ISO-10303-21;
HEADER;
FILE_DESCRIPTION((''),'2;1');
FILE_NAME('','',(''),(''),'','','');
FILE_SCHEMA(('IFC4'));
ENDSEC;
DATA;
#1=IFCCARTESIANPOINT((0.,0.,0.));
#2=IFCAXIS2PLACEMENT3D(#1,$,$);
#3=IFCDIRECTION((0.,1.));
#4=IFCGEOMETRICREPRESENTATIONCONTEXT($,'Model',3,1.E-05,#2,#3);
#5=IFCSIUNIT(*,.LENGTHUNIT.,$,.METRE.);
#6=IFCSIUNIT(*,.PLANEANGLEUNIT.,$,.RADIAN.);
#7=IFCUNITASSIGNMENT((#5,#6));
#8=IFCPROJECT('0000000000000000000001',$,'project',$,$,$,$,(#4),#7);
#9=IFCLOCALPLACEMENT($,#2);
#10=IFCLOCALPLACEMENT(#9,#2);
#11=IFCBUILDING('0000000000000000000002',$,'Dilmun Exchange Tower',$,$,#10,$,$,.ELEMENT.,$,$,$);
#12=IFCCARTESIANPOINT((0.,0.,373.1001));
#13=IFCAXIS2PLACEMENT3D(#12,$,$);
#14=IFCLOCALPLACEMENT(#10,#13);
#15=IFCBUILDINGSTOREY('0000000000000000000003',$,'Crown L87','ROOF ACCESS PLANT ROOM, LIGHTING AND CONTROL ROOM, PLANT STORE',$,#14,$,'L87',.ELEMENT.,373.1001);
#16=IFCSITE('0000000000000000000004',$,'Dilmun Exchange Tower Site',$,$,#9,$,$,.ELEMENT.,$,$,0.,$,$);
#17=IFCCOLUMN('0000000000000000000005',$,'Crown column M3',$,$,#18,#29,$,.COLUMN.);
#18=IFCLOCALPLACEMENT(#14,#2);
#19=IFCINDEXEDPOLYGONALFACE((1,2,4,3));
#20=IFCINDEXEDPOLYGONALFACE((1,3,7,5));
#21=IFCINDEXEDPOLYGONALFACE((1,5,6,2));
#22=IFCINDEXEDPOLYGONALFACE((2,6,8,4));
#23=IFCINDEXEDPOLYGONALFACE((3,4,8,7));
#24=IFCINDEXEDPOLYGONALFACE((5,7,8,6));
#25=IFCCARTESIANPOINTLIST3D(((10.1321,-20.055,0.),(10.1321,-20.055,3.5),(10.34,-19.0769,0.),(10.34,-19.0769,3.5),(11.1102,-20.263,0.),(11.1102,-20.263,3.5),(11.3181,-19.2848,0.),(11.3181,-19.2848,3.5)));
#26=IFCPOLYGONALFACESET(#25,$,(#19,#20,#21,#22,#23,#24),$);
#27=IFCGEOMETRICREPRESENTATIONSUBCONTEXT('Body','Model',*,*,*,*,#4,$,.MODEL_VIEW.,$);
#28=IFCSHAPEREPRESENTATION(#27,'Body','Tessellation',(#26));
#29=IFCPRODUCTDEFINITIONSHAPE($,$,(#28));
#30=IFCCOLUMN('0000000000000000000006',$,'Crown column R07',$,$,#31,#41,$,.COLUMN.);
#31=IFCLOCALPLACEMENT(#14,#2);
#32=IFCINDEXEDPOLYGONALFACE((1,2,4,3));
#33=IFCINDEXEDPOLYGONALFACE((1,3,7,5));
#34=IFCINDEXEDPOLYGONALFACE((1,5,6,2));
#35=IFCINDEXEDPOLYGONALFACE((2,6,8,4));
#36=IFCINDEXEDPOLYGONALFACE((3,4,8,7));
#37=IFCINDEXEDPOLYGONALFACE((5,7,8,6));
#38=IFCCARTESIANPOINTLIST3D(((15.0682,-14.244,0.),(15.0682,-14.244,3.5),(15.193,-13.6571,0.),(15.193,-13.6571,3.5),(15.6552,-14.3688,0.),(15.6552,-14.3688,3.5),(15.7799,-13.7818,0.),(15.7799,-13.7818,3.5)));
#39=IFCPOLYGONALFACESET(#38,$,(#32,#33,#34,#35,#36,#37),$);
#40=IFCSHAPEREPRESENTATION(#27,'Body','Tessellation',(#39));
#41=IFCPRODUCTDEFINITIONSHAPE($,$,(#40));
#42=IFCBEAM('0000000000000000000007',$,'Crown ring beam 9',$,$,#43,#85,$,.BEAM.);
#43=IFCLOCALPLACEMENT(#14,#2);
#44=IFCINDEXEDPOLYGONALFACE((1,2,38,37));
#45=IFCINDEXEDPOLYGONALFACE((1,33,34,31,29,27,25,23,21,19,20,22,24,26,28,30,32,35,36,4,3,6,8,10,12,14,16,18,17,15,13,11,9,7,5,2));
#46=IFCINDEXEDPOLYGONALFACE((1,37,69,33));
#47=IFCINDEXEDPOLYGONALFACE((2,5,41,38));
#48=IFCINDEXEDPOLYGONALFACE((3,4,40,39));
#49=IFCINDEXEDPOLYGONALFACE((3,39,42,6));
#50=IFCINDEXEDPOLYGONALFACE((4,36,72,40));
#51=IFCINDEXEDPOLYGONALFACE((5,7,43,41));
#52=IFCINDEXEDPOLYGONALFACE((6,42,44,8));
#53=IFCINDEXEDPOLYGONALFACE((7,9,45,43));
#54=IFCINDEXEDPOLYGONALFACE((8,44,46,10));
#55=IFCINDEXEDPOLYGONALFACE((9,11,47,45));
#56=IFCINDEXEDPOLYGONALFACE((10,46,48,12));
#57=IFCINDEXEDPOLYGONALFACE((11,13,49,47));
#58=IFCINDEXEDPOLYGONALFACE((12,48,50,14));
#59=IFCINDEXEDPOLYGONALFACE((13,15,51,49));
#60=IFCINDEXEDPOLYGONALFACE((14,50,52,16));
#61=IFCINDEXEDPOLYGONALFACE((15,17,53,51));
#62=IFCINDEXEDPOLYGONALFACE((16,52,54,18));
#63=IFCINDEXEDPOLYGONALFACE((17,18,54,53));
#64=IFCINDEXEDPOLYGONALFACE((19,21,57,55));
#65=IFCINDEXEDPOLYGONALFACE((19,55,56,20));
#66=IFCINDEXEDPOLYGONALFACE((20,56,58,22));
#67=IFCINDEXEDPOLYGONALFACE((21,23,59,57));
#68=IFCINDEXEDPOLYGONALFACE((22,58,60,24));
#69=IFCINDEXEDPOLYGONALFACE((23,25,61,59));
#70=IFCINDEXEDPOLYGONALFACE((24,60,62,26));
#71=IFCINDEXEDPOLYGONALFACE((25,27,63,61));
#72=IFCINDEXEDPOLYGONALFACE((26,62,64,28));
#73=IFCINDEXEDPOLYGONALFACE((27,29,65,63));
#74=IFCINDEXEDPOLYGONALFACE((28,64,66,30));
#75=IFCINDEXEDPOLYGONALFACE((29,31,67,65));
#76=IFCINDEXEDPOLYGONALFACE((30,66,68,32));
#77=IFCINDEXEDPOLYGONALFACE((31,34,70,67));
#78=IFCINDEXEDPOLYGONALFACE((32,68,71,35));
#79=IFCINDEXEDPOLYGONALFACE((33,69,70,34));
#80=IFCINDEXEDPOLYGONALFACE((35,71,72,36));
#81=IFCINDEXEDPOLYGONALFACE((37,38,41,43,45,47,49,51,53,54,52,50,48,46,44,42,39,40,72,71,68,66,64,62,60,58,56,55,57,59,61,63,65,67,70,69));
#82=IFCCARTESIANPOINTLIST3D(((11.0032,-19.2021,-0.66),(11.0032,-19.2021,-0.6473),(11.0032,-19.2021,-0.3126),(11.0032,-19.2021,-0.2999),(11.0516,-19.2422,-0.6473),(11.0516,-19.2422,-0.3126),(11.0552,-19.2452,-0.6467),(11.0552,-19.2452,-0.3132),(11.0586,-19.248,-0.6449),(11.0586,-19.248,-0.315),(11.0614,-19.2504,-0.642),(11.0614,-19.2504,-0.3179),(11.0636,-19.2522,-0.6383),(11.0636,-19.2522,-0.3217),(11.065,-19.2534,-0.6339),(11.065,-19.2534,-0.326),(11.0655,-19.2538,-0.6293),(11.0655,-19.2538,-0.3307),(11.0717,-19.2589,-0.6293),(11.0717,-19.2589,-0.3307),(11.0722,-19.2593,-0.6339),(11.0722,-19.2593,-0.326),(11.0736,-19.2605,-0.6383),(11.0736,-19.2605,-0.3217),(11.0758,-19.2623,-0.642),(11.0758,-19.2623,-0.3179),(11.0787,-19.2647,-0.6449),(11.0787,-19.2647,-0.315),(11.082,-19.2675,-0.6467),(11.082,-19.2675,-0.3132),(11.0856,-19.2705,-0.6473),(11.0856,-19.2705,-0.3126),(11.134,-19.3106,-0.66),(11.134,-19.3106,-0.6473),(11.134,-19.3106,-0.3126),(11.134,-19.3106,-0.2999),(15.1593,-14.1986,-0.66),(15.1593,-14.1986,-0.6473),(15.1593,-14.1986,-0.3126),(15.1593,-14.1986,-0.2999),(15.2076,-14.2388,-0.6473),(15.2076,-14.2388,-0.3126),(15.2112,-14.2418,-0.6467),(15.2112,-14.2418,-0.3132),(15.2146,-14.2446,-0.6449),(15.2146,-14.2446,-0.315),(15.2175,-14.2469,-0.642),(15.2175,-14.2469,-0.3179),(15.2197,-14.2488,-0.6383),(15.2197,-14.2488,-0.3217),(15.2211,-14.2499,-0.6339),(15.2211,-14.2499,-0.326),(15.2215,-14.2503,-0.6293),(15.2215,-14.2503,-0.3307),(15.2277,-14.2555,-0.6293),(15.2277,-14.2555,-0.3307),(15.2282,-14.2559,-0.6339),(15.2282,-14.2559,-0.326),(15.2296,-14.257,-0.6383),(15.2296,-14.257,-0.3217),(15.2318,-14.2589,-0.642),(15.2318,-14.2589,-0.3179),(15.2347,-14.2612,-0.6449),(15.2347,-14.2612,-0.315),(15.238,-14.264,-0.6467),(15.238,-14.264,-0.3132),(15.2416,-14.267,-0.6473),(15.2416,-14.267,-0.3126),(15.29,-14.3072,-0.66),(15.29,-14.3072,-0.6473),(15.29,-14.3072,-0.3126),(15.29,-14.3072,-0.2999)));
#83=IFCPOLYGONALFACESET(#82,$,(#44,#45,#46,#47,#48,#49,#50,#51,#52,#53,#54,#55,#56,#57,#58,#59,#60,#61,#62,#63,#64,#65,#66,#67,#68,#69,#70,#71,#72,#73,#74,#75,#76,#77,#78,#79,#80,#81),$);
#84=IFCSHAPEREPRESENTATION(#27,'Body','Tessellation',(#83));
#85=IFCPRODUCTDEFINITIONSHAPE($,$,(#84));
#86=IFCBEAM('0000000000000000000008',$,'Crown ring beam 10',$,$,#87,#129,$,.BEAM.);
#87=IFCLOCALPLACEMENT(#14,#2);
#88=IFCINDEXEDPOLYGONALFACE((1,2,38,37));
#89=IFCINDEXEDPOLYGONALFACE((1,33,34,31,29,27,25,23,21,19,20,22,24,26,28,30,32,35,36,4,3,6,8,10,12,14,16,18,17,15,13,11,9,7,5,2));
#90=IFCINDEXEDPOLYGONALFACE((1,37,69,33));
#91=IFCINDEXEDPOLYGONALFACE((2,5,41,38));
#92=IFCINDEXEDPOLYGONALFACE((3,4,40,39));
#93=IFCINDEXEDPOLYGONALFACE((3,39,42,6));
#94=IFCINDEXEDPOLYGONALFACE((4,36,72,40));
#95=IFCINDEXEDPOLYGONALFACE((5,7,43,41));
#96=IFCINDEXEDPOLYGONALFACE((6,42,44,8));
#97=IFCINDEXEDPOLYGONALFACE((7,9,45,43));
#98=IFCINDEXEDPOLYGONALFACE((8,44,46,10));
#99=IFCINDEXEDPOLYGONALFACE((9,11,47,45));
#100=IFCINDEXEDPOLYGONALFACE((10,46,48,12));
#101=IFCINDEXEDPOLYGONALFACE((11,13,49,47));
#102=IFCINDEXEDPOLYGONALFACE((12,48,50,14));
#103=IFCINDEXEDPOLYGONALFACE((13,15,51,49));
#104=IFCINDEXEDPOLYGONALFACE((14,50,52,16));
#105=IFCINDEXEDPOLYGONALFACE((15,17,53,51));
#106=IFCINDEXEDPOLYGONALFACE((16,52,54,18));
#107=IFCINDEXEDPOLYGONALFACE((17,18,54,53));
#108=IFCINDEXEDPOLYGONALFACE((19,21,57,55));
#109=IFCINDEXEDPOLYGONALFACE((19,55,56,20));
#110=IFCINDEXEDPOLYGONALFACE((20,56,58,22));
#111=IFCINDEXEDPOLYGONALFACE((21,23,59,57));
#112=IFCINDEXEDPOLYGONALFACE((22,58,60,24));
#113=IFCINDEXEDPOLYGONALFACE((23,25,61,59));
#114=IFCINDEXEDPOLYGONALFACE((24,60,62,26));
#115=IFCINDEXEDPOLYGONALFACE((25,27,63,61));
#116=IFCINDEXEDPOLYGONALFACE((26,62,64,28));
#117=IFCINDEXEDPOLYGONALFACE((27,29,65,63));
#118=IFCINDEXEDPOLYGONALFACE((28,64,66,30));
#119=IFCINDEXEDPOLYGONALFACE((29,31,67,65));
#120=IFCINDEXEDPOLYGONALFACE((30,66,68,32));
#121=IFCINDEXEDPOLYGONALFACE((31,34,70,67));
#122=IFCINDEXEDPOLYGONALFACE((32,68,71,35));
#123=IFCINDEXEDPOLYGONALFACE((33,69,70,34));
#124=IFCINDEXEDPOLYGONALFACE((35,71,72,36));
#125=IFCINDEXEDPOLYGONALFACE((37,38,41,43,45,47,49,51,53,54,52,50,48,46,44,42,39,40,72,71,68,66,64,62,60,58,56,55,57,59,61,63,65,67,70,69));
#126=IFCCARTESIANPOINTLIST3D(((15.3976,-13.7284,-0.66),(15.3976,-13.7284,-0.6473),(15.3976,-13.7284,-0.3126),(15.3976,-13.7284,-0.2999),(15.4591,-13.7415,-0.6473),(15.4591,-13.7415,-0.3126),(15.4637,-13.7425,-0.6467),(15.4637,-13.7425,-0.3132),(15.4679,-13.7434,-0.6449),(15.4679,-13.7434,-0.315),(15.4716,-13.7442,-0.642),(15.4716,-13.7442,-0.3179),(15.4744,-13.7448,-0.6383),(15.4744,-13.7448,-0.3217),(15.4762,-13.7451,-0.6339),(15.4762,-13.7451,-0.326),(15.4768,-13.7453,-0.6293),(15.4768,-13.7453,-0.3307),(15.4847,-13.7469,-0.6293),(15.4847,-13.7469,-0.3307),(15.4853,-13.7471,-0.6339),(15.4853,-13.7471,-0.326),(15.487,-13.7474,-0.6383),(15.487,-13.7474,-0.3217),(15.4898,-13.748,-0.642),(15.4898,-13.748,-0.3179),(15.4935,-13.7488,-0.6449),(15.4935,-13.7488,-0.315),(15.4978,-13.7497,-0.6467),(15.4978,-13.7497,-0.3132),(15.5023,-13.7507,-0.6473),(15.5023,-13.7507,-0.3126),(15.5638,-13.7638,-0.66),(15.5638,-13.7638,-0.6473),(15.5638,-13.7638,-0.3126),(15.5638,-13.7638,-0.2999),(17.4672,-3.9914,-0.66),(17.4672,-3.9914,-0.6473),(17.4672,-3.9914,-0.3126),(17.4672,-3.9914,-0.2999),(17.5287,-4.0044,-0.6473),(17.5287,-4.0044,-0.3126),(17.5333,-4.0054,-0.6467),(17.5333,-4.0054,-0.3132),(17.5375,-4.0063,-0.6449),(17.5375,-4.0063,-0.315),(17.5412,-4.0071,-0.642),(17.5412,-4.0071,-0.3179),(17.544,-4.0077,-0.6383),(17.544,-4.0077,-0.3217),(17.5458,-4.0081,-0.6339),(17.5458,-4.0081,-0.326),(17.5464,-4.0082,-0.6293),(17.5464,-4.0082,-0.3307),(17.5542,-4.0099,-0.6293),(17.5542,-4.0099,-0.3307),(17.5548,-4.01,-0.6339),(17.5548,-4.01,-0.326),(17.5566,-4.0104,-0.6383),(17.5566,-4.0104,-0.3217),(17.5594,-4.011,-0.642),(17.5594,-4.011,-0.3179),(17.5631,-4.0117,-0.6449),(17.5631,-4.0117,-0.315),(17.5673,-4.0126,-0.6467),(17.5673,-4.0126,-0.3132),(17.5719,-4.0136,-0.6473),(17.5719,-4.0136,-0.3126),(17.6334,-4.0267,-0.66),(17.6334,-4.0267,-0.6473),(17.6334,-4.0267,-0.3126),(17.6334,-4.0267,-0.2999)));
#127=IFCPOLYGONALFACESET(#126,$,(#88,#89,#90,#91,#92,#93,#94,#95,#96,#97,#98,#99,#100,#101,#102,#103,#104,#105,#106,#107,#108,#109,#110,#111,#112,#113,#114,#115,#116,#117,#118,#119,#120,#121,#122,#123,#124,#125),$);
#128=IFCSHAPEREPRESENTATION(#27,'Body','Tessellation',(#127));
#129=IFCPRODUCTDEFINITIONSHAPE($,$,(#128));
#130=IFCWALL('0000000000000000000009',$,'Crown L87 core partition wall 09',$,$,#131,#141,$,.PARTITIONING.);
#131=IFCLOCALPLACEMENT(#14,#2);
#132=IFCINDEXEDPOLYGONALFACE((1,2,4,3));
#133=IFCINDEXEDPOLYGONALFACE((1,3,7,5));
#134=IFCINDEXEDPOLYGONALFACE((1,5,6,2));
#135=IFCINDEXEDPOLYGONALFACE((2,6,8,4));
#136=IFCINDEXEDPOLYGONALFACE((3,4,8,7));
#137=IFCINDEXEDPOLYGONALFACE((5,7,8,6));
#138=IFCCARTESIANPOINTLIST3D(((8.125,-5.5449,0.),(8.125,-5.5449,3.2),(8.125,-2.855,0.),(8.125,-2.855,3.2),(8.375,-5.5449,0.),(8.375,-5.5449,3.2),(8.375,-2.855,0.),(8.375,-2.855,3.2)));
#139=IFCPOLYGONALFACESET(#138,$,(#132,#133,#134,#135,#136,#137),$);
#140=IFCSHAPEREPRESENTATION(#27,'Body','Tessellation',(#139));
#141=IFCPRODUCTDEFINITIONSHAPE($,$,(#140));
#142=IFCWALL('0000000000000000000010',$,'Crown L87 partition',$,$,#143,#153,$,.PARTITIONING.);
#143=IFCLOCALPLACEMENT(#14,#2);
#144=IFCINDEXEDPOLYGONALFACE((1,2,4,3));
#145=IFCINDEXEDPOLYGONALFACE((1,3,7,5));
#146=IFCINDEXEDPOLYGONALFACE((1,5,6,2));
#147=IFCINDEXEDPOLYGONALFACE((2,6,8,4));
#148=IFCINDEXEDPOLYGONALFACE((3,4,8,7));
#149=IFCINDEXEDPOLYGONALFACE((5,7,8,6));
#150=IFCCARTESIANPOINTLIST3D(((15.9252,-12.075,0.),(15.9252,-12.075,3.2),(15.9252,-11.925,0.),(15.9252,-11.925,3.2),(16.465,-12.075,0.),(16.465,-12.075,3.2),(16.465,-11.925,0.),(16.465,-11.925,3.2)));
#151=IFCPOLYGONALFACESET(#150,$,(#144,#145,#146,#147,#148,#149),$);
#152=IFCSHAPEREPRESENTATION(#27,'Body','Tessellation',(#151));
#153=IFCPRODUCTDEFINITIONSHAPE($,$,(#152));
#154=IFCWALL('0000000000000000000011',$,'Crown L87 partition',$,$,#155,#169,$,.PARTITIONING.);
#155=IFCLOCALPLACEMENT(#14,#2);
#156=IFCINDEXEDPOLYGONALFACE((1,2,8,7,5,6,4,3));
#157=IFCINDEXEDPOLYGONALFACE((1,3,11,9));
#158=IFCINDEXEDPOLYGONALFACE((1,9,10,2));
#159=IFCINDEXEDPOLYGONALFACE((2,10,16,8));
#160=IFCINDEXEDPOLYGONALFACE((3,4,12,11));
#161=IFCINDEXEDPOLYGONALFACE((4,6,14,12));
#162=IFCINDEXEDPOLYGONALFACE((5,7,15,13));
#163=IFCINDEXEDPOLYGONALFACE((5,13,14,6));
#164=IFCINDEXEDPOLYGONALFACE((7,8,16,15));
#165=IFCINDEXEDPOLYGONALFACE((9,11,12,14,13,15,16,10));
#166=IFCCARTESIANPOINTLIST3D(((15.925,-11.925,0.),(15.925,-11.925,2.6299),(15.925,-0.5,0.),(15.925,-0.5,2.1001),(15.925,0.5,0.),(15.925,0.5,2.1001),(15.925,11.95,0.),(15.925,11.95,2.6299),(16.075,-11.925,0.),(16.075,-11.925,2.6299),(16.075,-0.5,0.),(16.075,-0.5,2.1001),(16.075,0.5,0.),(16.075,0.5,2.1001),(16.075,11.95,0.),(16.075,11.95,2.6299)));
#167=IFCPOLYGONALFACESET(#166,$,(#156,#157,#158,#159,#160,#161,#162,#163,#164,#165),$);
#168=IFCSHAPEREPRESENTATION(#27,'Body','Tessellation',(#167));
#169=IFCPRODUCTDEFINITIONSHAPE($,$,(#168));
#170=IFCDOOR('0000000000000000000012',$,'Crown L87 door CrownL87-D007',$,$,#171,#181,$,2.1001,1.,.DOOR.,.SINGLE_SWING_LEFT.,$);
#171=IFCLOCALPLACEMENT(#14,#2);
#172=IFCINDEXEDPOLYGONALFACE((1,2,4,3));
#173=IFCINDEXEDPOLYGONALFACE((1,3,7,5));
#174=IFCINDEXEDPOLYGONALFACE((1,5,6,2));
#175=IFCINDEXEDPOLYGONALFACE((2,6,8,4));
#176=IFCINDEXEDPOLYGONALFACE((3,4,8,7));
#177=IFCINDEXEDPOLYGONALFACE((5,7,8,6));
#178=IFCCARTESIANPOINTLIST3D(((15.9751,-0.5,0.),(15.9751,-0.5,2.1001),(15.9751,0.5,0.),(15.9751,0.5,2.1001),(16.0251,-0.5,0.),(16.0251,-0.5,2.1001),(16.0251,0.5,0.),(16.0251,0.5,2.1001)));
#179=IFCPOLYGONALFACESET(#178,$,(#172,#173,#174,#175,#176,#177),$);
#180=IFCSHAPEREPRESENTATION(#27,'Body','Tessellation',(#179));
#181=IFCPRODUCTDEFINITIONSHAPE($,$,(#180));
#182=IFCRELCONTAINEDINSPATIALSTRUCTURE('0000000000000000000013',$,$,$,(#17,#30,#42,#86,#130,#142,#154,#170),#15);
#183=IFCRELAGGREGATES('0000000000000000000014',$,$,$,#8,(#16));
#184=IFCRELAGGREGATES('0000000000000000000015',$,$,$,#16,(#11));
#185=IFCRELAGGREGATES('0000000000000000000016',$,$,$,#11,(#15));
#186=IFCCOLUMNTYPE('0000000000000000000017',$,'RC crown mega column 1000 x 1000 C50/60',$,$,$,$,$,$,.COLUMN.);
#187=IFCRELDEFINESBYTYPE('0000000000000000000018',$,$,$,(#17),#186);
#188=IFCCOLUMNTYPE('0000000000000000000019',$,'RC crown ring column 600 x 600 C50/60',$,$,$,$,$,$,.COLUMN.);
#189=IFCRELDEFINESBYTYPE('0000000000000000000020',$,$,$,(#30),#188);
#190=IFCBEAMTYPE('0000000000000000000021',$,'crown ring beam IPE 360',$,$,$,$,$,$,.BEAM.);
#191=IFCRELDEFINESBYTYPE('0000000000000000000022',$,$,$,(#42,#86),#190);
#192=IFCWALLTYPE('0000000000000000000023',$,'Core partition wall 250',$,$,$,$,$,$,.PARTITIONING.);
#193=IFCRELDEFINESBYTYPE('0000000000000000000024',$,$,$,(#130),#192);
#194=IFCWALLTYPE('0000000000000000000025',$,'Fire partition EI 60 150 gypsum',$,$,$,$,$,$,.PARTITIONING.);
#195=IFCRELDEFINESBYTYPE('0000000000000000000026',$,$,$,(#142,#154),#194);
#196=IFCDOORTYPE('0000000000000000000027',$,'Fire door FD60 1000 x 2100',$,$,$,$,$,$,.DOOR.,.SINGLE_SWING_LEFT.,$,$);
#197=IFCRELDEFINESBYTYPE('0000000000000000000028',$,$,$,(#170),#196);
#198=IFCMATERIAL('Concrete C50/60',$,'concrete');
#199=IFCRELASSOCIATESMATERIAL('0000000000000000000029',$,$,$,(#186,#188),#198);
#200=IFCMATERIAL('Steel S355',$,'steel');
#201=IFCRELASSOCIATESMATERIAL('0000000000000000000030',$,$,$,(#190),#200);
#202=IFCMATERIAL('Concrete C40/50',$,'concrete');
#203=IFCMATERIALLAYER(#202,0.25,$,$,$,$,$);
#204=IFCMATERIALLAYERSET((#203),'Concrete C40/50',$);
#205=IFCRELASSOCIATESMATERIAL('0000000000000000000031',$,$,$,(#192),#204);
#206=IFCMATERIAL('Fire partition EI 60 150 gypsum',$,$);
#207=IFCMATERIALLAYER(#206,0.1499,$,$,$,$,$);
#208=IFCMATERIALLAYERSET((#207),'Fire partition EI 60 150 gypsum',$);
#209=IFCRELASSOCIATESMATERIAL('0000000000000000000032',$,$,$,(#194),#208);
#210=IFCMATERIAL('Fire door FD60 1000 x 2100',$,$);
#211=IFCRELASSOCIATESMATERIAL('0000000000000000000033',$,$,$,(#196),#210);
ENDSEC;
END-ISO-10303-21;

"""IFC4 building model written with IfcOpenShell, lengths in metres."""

from ifc_helpers import new_model, si_unit, direction, frame, frame_2d, origin, origin_2d, place, context, subcontext, project, spatial, rectangle, i_section, extrude, material, layer, layer_set, material_profile, profile_set, type_object, element, fill, save


model = new_model("IFC4")

# Units and contexts
model_context = context("Model", 3, precision=1e-05, world=origin(), true_north=direction((0.0, 1.0)))
body_context = subcontext(model_context, "Body", "Model", "MODEL_VIEW")
ifc_project = project(units=[si_unit("LENGTHUNIT", "METRE"), si_unit("PLANEANGLEUNIT", "RADIAN")], contexts=[model_context])

# Site, building, storey
site_placement = place(None, origin())
site = spatial("IfcSite", under=ifc_project, at=site_placement, Name="Dilmun Exchange Tower Site", CompositionType="ELEMENT", RefElevation=0.0)
building_placement = place(site_placement, origin())
building = spatial("IfcBuilding", under=site, at=building_placement, Name="Dilmun Exchange Tower", CompositionType="ELEMENT")
storey_placement = place(building_placement, frame((0.0, 0.0, 373.1001)))
storey = spatial("IfcBuildingStorey", under=building, at=storey_placement, Name="Crown L87", Description="ROOF ACCESS PLANT ROOM, LIGHTING AND CONTROL ROOM, PLANT STORE", LongName="L87", CompositionType="ELEMENT", Elevation=373.1001)

# Columns
ifc_material_1 = material(Name="Concrete C50/60", Category="concrete")
ifc_material_profile_1 = material_profile(ifc_material_1, rectangle(XDim=1.0, YDim=1.0, at=origin_2d()), Name="1000 x 1000")
ifc_profile_set_1 = profile_set([ifc_material_profile_1], Name="Concrete C50/60")
column_type_1 = type_object("IfcColumnType", Name="RC crown mega column 1000 x 1000 C50/60", PredefinedType="COLUMN", material=ifc_profile_set_1)
column_1_placement = place(storey_placement, frame((10.7251, -19.6699, 0.0), z_axis=(0.0, 0.0, 1.0), x_axis=(0.207912, 0.978148, 0.0)))
element("IfcColumn", 1, at=column_1_placement, inside=storey, type_object=column_type_1, Name="Crown column M3", PredefinedType="COLUMN", context=body_context, shape_type="SweptSolid", body=[
    extrude(rectangle(XDim=1.0, YDim=1.0, at=origin_2d()), origin(), (0.0, 0.0, 1.0), 3.5),
])
ifc_material_profile_2 = material_profile(ifc_material_1, rectangle(XDim=0.6001, YDim=0.6001, at=origin_2d()), Name="600 x 600")
ifc_profile_set_2 = profile_set([ifc_material_profile_2], Name="Concrete C50/60")
column_type_2 = type_object("IfcColumnType", Name="RC crown ring column 600 x 600 C50/60", PredefinedType="COLUMN", material=ifc_profile_set_2)
column_2_placement = place(storey_placement, frame((15.4241, -14.0129, 0.0), z_axis=(0.0, 0.0, 1.0), x_axis=(0.207912, 0.978148, 0.0)))
element("IfcColumn", 2, at=column_2_placement, inside=storey, type_object=column_type_2, Name="Crown column R07", PredefinedType="COLUMN", context=body_context, shape_type="SweptSolid", body=[
    extrude(rectangle(XDim=0.6001, YDim=0.6001, at=origin_2d()), origin(), (0.0, 0.0, 1.0), 3.5),
])

# Beams
ifc_material_2 = material(Name="Steel S355", Category="steel")
ifc_material_profile_3 = material_profile(ifc_material_2, i_section(OverallWidth=0.1699, OverallDepth=0.3601, WebThickness=0.0081, FlangeThickness=0.0127, FilletRadius=0.0181, at=origin_2d()), Name="IPE 360")
ifc_profile_set_3 = profile_set([ifc_material_profile_3], Name="Steel S355")
beam_type = type_object("IfcBeamType", Name="crown ring beam IPE 360", PredefinedType="BEAM", material=ifc_profile_set_3)
beam_1_placement = place(storey_placement, frame((11.0686, -19.2563, -0.48), z_axis=(0.638958, 0.769242, 0.0), x_axis=(-0.769242, 0.638958, 0.0)))
element("IfcBeam", 3, at=beam_1_placement, inside=storey, type_object=beam_type, Name="Crown ring beam 9", PredefinedType="BEAM", context=body_context, shape_type="SweptSolid", body=[
    extrude(i_section(OverallWidth=0.1699, OverallDepth=0.3601, WebThickness=0.0081, FlangeThickness=0.0127, FilletRadius=0.0181, at=origin_2d()), origin(), (0.0, 0.0, 1.0), 6.5044),
])
beam_2_placement = place(storey_placement, frame((15.4807, -13.7461, -0.48), z_axis=(0.207902, 0.97815, 0.0), x_axis=(-0.97815, 0.207902, 0.0)))
element("IfcBeam", 4, at=beam_2_placement, inside=storey, type_object=beam_type, Name="Crown ring beam 10", PredefinedType="BEAM", context=body_context, shape_type="SweptSolid", body=[
    extrude(i_section(OverallWidth=0.1699, OverallDepth=0.3601, WebThickness=0.0081, FlangeThickness=0.0127, FilletRadius=0.0181, at=origin_2d()), origin(), (0.0, 0.0, 1.0), 9.9546),
])

# Wall
ifc_material_3 = material(Name="Concrete C40/50", Category="concrete")
ifc_layer_1 = layer(ifc_material_3, 0.25)
ifc_layer_set_1 = layer_set([ifc_layer_1], Name="Concrete C40/50")
wall_type_1 = type_object("IfcWallType", Name="Core partition wall 250", PredefinedType="PARTITIONING", material=ifc_layer_set_1)
wall_1_placement = place(storey_placement, frame((8.25, -5.5449, 0.0), z_axis=(0.0, 0.0, 1.0), x_axis=(0.0, 1.0, 0.0)))
element("IfcWall", 5, at=wall_1_placement, inside=storey, type_object=wall_type_1, Name="Crown L87 core partition wall 09", PredefinedType="PARTITIONING", context=body_context, shape_type="SweptSolid", body=[
    extrude(rectangle(XDim=2.6899, YDim=0.25, at=frame_2d((1.345, 0.0))), origin(), (0.0, 0.0, 1.0), 3.2),
])

# Wall
ifc_material_4 = material(Name="Fire partition EI 60 150 gypsum")
ifc_layer_2 = layer(ifc_material_4, 0.1499)
ifc_layer_set_2 = layer_set([ifc_layer_2], Name="Fire partition EI 60 150 gypsum")
wall_type_2 = type_object("IfcWallType", Name="Fire partition EI 60 150 gypsum", PredefinedType="PARTITIONING", material=ifc_layer_set_2)
wall_2_placement = place(storey_placement, frame((15.925, -12.0, 0.0), z_axis=(0.0, 0.0, 1.0), x_axis=(1.0, 0.0, 0.0)))
element("IfcWall", 6, at=wall_2_placement, inside=storey, type_object=wall_type_2, Name="Crown L87 partition", PredefinedType="PARTITIONING", context=body_context, shape_type="SweptSolid", body=[
    extrude(rectangle(XDim=0.5398, YDim=0.1499, at=frame_2d((0.27, 0.0))), origin(), (0.0, 0.0, 1.0), 3.2),
])

# Wall, opening, door
wall_3_placement = place(storey_placement, frame((16.0, -11.925, 0.0), z_axis=(0.0, 0.0, 1.0), x_axis=(0.0, 1.0, 0.0)))
wall_3 = element("IfcWall", 7, at=wall_3_placement, inside=storey, type_object=wall_type_2, Name="Crown L87 partition", PredefinedType="PARTITIONING", context=body_context, shape_type="SweptSolid", body=[
    extrude(rectangle(XDim=23.875, YDim=0.1499, at=frame_2d((11.9375, 0.0))), origin(), (0.0, 0.0, 1.0), 2.6299),
])
opening_1_placement = place(wall_3_placement, frame((11.425, 0.0, 0.0)))
opening_1 = element("IfcOpeningElement", 8, at=opening_1_placement, cuts=wall_3, PredefinedType="OPENING", context=body_context, shape_type="SweptSolid", body=[
    extrude(rectangle(XDim=1.0, YDim=2.1001, at=frame_2d((0.5, 1.05))), frame((0.0, 0.085, 0.0), z_axis=(0.0, -1.0, 0.0), x_axis=(1.0, 0.0, 0.0)), (0.0, 0.0, 1.0), 0.1699),
])
ifc_material_5 = material(Name="Fire door FD60 1000 x 2100")
door_type_1 = type_object("IfcDoorType", Name="Fire door FD60 1000 x 2100", OperationType="SINGLE_SWING_LEFT", PredefinedType="DOOR", material=ifc_material_5)
door_1_placement = place(opening_1_placement, origin())
door_1 = element("IfcDoor", 9, at=door_1_placement, inside=storey, type_object=door_type_1, Name="Crown L87 door CrownL87-D007", OperationType="SINGLE_SWING_LEFT", OverallHeight=2.1001, OverallWidth=1.0, PredefinedType="DOOR", context=body_context, shape_type="SweptSolid", body=[
    extrude(rectangle(XDim=1.0, YDim=2.1001, at=frame_2d((0.5, 1.05))), frame((0.0, 0.0249, 0.0), z_axis=(0.0, -1.0, 0.0), x_axis=(1.0, 0.0, 0.0)), (0.0, 0.0, 1.0), 0.05),
])
fill(opening_1, door_1)

save(model, "model.ifc")
